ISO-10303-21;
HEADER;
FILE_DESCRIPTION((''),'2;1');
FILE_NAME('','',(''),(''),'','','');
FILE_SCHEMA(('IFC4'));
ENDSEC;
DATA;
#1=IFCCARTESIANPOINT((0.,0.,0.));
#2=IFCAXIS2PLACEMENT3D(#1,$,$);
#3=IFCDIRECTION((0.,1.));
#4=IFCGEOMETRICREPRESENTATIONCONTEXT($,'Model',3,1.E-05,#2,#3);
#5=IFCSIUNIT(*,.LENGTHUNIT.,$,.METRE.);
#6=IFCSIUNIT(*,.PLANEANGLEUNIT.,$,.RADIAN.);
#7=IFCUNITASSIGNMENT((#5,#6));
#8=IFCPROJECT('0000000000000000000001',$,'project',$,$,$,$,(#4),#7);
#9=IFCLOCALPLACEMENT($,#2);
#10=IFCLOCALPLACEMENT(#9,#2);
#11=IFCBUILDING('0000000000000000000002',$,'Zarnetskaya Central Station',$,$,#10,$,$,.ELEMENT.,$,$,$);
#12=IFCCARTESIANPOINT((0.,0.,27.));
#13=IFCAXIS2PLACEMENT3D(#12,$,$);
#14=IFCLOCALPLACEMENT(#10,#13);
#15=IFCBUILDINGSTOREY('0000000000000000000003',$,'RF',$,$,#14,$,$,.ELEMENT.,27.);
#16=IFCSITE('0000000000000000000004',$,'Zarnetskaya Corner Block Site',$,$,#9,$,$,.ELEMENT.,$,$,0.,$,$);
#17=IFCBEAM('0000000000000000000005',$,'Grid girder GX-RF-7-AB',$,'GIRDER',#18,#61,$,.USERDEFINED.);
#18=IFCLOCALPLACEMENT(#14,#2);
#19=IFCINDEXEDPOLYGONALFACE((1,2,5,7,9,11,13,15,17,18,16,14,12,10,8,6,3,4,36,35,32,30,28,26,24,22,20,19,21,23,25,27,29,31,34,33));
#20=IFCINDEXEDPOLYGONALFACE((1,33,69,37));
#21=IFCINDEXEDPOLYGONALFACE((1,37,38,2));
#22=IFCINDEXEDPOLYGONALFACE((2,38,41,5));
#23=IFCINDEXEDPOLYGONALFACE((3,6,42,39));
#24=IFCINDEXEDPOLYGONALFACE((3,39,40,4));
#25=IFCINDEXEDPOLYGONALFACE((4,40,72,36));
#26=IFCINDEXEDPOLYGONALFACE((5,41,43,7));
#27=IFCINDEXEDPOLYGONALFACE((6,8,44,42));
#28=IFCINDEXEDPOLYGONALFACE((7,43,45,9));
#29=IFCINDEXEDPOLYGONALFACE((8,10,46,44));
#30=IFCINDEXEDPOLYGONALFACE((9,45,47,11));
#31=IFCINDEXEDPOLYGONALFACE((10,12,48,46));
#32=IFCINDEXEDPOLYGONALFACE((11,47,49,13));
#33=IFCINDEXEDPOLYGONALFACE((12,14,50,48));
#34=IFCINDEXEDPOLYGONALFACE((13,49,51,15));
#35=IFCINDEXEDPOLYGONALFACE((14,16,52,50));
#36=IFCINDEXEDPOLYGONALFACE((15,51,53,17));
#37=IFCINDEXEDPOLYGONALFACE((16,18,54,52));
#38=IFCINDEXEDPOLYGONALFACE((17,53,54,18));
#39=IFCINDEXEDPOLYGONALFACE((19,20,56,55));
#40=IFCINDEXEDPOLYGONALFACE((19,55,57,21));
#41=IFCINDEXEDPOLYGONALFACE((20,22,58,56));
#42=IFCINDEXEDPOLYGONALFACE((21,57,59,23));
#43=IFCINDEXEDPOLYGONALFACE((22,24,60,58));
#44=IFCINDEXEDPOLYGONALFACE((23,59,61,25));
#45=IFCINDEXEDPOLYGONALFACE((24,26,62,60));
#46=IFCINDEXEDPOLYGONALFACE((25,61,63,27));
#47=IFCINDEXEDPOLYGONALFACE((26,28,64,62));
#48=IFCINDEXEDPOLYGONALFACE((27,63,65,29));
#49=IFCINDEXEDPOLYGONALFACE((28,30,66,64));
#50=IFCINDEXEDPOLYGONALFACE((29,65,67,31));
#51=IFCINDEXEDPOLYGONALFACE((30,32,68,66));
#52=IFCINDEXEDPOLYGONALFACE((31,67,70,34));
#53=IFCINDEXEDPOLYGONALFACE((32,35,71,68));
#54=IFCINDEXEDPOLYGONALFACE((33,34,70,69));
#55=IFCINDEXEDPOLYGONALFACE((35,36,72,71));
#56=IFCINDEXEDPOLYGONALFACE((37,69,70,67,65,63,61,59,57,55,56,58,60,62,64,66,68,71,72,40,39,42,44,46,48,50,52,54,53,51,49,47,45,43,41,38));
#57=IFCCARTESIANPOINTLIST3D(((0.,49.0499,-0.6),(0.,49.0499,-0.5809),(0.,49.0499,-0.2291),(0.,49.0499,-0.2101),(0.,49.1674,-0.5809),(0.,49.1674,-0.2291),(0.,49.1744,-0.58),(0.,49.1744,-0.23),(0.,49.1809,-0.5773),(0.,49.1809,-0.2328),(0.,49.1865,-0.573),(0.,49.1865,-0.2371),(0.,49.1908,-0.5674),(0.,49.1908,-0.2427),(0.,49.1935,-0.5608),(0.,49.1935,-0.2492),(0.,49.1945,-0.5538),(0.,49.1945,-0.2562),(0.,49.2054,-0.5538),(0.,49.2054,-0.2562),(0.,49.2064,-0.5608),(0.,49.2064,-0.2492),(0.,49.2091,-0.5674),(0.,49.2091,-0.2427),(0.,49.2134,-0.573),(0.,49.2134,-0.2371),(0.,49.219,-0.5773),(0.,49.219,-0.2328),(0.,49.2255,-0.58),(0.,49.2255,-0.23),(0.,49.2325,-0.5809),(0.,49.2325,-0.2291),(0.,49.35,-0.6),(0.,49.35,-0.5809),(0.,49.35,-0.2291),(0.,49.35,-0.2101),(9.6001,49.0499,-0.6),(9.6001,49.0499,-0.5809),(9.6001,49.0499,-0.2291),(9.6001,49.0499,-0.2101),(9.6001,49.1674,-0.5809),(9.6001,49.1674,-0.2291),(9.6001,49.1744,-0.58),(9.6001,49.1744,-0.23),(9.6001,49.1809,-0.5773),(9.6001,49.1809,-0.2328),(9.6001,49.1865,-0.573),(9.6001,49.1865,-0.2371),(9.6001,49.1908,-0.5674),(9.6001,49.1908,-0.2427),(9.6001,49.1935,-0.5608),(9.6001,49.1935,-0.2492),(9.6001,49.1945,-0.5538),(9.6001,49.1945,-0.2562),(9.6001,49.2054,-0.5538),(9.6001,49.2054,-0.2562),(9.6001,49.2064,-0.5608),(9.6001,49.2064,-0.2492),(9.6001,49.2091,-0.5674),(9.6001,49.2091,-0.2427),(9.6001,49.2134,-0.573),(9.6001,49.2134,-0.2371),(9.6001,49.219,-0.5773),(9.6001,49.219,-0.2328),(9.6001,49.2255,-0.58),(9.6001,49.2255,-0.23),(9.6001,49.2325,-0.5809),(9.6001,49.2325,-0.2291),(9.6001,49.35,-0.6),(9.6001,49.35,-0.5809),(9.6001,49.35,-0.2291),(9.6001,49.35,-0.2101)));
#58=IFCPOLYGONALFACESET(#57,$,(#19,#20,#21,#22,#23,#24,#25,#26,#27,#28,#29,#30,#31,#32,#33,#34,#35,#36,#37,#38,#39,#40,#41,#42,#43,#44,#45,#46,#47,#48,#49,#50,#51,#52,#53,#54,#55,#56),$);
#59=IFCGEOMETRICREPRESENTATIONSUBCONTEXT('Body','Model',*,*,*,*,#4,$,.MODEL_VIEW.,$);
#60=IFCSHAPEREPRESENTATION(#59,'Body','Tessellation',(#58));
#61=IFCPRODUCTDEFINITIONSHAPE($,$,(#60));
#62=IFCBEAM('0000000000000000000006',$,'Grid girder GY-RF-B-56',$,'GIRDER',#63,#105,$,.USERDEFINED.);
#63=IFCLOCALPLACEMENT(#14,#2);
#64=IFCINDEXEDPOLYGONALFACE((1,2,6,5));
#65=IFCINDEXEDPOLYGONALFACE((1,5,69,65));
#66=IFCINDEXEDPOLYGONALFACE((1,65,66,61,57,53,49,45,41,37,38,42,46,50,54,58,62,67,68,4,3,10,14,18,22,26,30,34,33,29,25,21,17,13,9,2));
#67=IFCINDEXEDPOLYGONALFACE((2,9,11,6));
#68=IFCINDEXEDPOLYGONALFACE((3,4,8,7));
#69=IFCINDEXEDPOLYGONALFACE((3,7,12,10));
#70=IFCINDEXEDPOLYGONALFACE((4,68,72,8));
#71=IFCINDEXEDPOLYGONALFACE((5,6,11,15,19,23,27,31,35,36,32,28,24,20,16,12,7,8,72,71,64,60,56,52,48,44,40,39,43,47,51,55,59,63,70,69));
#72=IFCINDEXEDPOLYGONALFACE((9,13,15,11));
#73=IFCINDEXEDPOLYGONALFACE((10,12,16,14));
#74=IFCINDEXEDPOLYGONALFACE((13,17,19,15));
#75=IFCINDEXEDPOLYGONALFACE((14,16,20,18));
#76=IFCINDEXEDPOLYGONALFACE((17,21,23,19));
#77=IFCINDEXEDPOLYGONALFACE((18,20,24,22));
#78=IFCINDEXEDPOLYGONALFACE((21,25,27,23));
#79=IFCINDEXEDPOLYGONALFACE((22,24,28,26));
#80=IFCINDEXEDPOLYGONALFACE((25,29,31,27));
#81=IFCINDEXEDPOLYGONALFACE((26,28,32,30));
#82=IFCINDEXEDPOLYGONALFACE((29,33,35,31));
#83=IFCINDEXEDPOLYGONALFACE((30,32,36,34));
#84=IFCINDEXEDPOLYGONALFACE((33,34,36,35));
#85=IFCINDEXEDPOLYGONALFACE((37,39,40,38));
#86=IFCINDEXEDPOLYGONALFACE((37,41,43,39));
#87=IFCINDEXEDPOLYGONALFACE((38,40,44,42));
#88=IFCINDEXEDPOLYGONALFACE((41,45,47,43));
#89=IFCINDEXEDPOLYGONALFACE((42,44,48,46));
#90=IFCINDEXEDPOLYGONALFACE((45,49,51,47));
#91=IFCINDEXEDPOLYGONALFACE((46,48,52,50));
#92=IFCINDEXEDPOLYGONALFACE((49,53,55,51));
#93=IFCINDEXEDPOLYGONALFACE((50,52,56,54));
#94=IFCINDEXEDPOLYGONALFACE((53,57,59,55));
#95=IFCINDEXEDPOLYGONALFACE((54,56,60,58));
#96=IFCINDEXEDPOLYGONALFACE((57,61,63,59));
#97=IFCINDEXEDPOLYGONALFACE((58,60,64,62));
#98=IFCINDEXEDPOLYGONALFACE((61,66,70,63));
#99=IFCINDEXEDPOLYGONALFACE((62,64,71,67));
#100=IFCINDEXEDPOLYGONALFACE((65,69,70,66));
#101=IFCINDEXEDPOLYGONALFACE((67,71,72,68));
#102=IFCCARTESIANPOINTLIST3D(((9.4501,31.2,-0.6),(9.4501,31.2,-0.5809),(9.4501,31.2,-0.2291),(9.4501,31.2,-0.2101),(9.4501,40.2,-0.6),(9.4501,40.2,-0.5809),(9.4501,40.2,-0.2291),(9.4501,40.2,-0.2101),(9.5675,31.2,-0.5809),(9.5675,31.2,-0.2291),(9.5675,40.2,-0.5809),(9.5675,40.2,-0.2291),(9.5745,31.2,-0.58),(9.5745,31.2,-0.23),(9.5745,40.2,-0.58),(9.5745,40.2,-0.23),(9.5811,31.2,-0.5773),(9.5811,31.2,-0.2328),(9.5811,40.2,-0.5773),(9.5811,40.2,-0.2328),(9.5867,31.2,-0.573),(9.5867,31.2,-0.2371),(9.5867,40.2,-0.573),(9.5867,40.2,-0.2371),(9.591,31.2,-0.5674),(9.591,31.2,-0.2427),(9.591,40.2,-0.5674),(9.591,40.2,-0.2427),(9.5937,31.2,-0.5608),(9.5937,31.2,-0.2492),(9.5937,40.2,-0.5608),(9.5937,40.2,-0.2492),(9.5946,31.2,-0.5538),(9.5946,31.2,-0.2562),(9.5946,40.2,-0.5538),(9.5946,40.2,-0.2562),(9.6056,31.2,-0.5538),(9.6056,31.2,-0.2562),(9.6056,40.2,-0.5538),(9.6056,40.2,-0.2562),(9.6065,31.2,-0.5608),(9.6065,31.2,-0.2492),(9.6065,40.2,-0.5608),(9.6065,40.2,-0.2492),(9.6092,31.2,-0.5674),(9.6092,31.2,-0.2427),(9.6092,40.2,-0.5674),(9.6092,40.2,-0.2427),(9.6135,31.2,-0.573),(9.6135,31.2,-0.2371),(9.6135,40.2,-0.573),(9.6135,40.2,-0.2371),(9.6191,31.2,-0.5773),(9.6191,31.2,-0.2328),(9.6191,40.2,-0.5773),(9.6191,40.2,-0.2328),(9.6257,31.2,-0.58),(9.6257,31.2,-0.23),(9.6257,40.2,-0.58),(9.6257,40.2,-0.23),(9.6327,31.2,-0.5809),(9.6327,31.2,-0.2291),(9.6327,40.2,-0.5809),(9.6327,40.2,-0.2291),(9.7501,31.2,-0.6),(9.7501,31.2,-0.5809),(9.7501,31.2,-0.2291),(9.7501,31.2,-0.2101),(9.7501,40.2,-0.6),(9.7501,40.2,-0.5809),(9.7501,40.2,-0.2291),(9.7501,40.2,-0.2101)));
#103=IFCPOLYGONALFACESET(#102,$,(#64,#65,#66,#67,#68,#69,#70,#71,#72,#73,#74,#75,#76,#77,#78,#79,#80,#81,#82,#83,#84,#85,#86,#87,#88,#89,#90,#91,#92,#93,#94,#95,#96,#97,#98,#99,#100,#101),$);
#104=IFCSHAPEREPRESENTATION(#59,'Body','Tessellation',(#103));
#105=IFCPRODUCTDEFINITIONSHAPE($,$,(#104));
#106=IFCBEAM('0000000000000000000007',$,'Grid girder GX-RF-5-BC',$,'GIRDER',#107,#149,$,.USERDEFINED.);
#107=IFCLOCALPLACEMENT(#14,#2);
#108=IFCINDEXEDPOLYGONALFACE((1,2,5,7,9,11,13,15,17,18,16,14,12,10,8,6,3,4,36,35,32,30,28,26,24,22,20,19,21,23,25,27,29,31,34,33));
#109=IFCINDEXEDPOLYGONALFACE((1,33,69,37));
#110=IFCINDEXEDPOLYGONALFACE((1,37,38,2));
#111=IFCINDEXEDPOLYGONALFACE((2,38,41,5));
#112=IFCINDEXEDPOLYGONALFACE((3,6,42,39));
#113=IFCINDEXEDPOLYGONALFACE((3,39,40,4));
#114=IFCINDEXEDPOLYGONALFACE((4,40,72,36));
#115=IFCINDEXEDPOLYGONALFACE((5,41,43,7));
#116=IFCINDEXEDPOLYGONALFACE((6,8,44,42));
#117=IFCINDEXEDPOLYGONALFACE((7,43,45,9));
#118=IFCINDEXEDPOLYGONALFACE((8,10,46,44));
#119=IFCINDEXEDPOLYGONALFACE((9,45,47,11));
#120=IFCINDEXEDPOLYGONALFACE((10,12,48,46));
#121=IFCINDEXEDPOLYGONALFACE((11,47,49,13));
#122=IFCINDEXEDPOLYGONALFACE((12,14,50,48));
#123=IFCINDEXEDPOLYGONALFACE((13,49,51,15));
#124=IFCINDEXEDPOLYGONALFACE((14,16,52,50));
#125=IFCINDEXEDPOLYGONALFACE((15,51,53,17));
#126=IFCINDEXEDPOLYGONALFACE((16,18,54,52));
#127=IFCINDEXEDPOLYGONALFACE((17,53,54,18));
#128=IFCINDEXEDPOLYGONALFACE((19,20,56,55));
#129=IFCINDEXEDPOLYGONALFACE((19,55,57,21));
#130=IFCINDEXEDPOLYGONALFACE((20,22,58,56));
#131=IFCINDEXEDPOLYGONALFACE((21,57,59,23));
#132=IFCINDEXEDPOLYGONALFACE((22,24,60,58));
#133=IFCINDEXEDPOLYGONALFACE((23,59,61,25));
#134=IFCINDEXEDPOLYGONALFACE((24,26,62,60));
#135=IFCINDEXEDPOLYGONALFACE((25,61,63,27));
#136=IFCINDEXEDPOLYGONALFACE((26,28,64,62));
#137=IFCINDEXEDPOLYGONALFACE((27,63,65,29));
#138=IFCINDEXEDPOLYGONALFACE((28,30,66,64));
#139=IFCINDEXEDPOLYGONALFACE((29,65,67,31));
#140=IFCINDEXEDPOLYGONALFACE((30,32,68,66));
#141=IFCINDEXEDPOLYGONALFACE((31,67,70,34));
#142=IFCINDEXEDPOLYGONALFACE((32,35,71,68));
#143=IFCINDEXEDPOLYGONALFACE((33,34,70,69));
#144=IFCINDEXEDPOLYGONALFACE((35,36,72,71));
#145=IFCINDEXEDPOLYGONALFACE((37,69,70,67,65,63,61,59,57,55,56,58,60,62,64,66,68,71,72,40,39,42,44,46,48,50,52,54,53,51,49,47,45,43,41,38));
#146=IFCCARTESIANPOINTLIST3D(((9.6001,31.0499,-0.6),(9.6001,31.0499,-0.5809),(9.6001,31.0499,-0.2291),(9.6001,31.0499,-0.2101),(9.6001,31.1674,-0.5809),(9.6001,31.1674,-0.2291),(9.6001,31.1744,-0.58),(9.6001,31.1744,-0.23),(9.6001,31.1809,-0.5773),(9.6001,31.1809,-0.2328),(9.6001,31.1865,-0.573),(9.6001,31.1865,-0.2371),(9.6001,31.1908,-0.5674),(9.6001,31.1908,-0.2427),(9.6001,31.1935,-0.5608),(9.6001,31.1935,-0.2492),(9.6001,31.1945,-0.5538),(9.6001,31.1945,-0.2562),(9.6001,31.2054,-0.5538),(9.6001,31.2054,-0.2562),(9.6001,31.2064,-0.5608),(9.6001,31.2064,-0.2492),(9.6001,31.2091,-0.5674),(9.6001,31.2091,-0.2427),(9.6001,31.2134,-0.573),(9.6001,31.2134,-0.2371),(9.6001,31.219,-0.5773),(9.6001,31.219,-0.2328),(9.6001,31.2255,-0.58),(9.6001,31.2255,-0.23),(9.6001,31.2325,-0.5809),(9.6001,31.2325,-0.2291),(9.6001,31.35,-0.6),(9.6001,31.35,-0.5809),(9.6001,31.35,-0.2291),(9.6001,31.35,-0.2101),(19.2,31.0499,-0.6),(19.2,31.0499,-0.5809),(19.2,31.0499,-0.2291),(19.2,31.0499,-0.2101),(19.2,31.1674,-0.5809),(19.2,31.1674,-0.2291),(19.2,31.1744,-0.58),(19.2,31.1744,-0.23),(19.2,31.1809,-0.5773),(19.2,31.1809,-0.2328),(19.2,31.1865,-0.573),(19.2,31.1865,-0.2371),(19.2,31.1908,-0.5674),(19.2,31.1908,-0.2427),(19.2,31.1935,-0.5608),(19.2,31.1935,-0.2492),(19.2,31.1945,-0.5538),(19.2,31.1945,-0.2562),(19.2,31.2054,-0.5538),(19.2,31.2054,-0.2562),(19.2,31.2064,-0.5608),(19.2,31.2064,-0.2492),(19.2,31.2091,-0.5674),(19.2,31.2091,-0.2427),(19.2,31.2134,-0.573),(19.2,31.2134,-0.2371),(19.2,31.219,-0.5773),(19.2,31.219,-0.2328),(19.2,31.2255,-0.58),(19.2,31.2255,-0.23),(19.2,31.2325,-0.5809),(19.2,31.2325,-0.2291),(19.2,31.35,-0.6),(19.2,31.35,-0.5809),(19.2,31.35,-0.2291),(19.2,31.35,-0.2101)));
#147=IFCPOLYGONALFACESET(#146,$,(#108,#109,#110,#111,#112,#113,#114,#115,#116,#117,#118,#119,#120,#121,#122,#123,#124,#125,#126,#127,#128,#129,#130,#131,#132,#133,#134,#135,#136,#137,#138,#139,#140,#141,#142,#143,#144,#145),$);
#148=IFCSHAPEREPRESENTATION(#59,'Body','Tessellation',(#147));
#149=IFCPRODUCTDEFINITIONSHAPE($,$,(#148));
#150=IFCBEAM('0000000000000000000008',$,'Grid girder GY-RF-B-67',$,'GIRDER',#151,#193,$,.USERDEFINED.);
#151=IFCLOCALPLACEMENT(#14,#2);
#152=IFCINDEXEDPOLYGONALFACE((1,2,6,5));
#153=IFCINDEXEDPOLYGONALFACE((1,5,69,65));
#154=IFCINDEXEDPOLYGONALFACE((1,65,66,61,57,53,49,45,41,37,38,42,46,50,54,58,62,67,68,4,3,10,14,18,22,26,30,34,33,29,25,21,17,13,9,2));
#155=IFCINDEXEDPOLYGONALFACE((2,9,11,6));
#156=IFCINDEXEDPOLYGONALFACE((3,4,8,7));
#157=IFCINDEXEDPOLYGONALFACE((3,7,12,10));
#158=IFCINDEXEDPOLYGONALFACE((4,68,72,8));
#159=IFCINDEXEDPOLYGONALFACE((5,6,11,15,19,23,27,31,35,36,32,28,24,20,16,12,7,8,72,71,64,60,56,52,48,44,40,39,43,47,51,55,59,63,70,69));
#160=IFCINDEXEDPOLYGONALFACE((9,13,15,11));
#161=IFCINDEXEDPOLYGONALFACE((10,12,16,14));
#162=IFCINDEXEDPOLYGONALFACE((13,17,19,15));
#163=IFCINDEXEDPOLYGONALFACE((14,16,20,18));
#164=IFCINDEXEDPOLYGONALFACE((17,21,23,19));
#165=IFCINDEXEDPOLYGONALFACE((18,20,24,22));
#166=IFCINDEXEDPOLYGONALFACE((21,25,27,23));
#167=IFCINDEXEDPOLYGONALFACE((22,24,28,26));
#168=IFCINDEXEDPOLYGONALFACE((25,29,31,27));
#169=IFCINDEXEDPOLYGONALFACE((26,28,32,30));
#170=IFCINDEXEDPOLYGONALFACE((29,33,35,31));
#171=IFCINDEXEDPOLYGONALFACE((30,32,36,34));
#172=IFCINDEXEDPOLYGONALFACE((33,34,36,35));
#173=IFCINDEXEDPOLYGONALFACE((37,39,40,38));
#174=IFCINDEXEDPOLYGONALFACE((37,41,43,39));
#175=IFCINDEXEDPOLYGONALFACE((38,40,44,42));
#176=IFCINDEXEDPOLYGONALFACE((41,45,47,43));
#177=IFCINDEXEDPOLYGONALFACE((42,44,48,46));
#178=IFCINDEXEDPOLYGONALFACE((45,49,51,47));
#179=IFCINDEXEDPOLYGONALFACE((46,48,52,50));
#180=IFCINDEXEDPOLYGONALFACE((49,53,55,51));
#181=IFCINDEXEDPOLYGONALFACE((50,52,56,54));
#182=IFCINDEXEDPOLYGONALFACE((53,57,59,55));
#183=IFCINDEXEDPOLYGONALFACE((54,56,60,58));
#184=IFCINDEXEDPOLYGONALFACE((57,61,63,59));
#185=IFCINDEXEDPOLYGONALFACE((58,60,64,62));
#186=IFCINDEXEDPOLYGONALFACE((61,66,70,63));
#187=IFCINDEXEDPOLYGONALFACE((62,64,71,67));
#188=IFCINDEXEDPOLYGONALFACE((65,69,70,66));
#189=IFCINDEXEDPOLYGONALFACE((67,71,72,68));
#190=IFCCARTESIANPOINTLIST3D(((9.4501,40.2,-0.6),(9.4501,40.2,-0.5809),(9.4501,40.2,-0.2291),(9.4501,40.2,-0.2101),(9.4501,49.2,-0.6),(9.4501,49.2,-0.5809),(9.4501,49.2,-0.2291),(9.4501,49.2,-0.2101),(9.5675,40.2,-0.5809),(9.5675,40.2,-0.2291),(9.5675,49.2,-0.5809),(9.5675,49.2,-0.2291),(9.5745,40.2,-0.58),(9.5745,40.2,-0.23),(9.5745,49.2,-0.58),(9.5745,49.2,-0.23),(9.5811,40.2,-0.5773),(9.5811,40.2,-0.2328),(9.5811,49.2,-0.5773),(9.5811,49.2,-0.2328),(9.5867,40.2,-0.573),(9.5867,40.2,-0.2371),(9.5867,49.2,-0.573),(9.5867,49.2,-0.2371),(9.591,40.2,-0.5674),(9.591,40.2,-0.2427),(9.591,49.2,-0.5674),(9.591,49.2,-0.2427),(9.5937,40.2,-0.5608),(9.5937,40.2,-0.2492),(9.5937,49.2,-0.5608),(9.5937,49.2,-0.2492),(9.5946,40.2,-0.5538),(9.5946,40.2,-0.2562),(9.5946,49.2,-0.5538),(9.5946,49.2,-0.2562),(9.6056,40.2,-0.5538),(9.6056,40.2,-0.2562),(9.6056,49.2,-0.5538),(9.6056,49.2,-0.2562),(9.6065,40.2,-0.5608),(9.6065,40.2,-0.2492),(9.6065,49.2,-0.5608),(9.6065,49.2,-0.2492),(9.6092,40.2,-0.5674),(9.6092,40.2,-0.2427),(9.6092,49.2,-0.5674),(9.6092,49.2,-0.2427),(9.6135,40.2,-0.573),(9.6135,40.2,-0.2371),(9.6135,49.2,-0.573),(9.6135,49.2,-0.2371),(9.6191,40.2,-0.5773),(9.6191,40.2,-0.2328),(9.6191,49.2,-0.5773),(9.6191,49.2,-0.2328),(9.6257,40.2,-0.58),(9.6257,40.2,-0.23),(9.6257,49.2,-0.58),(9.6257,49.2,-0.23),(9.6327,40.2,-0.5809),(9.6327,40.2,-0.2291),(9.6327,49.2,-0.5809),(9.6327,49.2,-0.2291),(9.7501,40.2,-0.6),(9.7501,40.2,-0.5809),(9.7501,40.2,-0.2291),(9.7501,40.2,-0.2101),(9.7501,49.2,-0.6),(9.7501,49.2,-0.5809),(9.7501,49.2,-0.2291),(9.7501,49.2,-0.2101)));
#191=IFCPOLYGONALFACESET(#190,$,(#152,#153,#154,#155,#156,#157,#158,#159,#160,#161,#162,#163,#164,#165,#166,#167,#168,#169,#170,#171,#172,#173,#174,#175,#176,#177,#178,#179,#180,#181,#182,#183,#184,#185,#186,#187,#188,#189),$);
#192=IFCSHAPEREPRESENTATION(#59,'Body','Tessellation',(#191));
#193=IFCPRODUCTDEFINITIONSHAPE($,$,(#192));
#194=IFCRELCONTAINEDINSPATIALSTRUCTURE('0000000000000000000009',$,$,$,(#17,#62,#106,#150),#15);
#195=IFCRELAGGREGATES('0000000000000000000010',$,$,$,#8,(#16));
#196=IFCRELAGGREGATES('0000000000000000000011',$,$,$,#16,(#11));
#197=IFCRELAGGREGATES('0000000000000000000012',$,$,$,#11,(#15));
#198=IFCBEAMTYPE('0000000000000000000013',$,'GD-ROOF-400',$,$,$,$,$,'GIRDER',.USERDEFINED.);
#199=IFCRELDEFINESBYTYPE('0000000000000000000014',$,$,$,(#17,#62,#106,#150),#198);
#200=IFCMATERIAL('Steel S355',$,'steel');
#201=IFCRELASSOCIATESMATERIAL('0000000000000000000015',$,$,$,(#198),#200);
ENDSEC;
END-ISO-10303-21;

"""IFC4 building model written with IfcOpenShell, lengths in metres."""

from ifc_helpers import new_model, si_unit, direction, frame, origin, origin_2d, place, context, subcontext, project, spatial, i_section, extrude, material, material_profile, profile_set, type_object, element, save


model = new_model("IFC4")

# Units and contexts
model_context = context("Model", 3, precision=1e-05, world=origin(), true_north=direction((0.0, 1.0)))
body_context = subcontext(model_context, "Body", "Model", "MODEL_VIEW")
ifc_project = project(units=[si_unit("LENGTHUNIT", "METRE"), si_unit("PLANEANGLEUNIT", "RADIAN")], contexts=[model_context])

# Site, building, storey
site_placement = place(None, origin())
site = spatial("IfcSite", under=ifc_project, at=site_placement, Name="Zarnetskaya Corner Block Site", CompositionType="ELEMENT", RefElevation=0.0)
building_placement = place(site_placement, origin())
building = spatial("IfcBuilding", under=site, at=building_placement, Name="Zarnetskaya Central Station", CompositionType="ELEMENT")
storey_placement = place(building_placement, frame((0.0, 0.0, 27.0)))
storey = spatial("IfcBuildingStorey", under=building, at=storey_placement, Name="RF", CompositionType="ELEMENT", Elevation=27.0)

# Beams
ifc_material_1 = material(Name="Steel S355", Category="steel")
ifc_material_profile_1 = material_profile(ifc_material_1, i_section(OverallWidth=0.3, OverallDepth=0.3899, WebThickness=0.011, FlangeThickness=0.019, FilletRadius=0.0271, at=origin_2d()), Name="HEA 400")
ifc_profile_set_1 = profile_set([ifc_material_profile_1], Name="Steel S355")
beam_type_1 = type_object("IfcBeamType", Name="GD-ROOF-400", ElementType="GIRDER", PredefinedType="USERDEFINED", material=ifc_profile_set_1)
for number, where, z_axis, x_axis, name in (
    (1, (0.0, 49.2, -0.405), (1.0, 0.0, 0.0), (0.0, 1.0, 0.0), "Grid girder GX-RF-7-AB"),
):
    element("IfcBeam", number, at=place(storey_placement, frame(where, z_axis=z_axis, x_axis=x_axis)), inside=storey, type_object=beam_type_1, Name=name, ObjectType="GIRDER", PredefinedType="USERDEFINED", context=body_context, shape_type="SweptSolid", body=[
        extrude(i_section(OverallWidth=0.3, OverallDepth=0.3899, WebThickness=0.011, FlangeThickness=0.019, FilletRadius=0.0271, at=origin_2d()), origin(), (0.0, 0.0, 1.0), 9.6001),
    ])
beam_1_placement = place(storey_placement, frame((9.6001, 31.2, -0.405), z_axis=(0.0, 1.0, 0.0), x_axis=(-1.0, 0.0, 0.0)))
element("IfcBeam", 2, at=beam_1_placement, inside=storey, type_object=beam_type_1, Name="Grid girder GY-RF-B-56", ObjectType="GIRDER", PredefinedType="USERDEFINED", context=body_context, shape_type="SweptSolid", body=[
    extrude(i_section(OverallWidth=0.3, OverallDepth=0.3899, WebThickness=0.011, FlangeThickness=0.019, FilletRadius=0.0271, at=origin_2d()), origin(), (0.0, 0.0, 1.0), 9.0),
])
beam_2_placement = place(storey_placement, frame((9.6001, 31.2, -0.405), z_axis=(1.0, 0.0, 0.0), x_axis=(0.0, 1.0, 0.0)))
element("IfcBeam", 3, at=beam_2_placement, inside=storey, type_object=beam_type_1, Name="Grid girder GX-RF-5-BC", ObjectType="GIRDER", PredefinedType="USERDEFINED", context=body_context, shape_type="SweptSolid", body=[
    extrude(i_section(OverallWidth=0.3, OverallDepth=0.3899, WebThickness=0.011, FlangeThickness=0.019, FilletRadius=0.0271, at=origin_2d()), origin(), (0.0, 0.0, 1.0), 9.5999),
])
beam_3_placement = place(storey_placement, frame((9.6001, 40.2, -0.405), z_axis=(0.0, 1.0, 0.0), x_axis=(-1.0, 0.0, 0.0)))
element("IfcBeam", 4, at=beam_3_placement, inside=storey, type_object=beam_type_1, Name="Grid girder GY-RF-B-67", ObjectType="GIRDER", PredefinedType="USERDEFINED", context=body_context, shape_type="SweptSolid", body=[
    extrude(i_section(OverallWidth=0.3, OverallDepth=0.3899, WebThickness=0.011, FlangeThickness=0.019, FilletRadius=0.0271, at=origin_2d()), origin(), (0.0, 0.0, 1.0), 9.0),
])

save(model, "model.ifc")
